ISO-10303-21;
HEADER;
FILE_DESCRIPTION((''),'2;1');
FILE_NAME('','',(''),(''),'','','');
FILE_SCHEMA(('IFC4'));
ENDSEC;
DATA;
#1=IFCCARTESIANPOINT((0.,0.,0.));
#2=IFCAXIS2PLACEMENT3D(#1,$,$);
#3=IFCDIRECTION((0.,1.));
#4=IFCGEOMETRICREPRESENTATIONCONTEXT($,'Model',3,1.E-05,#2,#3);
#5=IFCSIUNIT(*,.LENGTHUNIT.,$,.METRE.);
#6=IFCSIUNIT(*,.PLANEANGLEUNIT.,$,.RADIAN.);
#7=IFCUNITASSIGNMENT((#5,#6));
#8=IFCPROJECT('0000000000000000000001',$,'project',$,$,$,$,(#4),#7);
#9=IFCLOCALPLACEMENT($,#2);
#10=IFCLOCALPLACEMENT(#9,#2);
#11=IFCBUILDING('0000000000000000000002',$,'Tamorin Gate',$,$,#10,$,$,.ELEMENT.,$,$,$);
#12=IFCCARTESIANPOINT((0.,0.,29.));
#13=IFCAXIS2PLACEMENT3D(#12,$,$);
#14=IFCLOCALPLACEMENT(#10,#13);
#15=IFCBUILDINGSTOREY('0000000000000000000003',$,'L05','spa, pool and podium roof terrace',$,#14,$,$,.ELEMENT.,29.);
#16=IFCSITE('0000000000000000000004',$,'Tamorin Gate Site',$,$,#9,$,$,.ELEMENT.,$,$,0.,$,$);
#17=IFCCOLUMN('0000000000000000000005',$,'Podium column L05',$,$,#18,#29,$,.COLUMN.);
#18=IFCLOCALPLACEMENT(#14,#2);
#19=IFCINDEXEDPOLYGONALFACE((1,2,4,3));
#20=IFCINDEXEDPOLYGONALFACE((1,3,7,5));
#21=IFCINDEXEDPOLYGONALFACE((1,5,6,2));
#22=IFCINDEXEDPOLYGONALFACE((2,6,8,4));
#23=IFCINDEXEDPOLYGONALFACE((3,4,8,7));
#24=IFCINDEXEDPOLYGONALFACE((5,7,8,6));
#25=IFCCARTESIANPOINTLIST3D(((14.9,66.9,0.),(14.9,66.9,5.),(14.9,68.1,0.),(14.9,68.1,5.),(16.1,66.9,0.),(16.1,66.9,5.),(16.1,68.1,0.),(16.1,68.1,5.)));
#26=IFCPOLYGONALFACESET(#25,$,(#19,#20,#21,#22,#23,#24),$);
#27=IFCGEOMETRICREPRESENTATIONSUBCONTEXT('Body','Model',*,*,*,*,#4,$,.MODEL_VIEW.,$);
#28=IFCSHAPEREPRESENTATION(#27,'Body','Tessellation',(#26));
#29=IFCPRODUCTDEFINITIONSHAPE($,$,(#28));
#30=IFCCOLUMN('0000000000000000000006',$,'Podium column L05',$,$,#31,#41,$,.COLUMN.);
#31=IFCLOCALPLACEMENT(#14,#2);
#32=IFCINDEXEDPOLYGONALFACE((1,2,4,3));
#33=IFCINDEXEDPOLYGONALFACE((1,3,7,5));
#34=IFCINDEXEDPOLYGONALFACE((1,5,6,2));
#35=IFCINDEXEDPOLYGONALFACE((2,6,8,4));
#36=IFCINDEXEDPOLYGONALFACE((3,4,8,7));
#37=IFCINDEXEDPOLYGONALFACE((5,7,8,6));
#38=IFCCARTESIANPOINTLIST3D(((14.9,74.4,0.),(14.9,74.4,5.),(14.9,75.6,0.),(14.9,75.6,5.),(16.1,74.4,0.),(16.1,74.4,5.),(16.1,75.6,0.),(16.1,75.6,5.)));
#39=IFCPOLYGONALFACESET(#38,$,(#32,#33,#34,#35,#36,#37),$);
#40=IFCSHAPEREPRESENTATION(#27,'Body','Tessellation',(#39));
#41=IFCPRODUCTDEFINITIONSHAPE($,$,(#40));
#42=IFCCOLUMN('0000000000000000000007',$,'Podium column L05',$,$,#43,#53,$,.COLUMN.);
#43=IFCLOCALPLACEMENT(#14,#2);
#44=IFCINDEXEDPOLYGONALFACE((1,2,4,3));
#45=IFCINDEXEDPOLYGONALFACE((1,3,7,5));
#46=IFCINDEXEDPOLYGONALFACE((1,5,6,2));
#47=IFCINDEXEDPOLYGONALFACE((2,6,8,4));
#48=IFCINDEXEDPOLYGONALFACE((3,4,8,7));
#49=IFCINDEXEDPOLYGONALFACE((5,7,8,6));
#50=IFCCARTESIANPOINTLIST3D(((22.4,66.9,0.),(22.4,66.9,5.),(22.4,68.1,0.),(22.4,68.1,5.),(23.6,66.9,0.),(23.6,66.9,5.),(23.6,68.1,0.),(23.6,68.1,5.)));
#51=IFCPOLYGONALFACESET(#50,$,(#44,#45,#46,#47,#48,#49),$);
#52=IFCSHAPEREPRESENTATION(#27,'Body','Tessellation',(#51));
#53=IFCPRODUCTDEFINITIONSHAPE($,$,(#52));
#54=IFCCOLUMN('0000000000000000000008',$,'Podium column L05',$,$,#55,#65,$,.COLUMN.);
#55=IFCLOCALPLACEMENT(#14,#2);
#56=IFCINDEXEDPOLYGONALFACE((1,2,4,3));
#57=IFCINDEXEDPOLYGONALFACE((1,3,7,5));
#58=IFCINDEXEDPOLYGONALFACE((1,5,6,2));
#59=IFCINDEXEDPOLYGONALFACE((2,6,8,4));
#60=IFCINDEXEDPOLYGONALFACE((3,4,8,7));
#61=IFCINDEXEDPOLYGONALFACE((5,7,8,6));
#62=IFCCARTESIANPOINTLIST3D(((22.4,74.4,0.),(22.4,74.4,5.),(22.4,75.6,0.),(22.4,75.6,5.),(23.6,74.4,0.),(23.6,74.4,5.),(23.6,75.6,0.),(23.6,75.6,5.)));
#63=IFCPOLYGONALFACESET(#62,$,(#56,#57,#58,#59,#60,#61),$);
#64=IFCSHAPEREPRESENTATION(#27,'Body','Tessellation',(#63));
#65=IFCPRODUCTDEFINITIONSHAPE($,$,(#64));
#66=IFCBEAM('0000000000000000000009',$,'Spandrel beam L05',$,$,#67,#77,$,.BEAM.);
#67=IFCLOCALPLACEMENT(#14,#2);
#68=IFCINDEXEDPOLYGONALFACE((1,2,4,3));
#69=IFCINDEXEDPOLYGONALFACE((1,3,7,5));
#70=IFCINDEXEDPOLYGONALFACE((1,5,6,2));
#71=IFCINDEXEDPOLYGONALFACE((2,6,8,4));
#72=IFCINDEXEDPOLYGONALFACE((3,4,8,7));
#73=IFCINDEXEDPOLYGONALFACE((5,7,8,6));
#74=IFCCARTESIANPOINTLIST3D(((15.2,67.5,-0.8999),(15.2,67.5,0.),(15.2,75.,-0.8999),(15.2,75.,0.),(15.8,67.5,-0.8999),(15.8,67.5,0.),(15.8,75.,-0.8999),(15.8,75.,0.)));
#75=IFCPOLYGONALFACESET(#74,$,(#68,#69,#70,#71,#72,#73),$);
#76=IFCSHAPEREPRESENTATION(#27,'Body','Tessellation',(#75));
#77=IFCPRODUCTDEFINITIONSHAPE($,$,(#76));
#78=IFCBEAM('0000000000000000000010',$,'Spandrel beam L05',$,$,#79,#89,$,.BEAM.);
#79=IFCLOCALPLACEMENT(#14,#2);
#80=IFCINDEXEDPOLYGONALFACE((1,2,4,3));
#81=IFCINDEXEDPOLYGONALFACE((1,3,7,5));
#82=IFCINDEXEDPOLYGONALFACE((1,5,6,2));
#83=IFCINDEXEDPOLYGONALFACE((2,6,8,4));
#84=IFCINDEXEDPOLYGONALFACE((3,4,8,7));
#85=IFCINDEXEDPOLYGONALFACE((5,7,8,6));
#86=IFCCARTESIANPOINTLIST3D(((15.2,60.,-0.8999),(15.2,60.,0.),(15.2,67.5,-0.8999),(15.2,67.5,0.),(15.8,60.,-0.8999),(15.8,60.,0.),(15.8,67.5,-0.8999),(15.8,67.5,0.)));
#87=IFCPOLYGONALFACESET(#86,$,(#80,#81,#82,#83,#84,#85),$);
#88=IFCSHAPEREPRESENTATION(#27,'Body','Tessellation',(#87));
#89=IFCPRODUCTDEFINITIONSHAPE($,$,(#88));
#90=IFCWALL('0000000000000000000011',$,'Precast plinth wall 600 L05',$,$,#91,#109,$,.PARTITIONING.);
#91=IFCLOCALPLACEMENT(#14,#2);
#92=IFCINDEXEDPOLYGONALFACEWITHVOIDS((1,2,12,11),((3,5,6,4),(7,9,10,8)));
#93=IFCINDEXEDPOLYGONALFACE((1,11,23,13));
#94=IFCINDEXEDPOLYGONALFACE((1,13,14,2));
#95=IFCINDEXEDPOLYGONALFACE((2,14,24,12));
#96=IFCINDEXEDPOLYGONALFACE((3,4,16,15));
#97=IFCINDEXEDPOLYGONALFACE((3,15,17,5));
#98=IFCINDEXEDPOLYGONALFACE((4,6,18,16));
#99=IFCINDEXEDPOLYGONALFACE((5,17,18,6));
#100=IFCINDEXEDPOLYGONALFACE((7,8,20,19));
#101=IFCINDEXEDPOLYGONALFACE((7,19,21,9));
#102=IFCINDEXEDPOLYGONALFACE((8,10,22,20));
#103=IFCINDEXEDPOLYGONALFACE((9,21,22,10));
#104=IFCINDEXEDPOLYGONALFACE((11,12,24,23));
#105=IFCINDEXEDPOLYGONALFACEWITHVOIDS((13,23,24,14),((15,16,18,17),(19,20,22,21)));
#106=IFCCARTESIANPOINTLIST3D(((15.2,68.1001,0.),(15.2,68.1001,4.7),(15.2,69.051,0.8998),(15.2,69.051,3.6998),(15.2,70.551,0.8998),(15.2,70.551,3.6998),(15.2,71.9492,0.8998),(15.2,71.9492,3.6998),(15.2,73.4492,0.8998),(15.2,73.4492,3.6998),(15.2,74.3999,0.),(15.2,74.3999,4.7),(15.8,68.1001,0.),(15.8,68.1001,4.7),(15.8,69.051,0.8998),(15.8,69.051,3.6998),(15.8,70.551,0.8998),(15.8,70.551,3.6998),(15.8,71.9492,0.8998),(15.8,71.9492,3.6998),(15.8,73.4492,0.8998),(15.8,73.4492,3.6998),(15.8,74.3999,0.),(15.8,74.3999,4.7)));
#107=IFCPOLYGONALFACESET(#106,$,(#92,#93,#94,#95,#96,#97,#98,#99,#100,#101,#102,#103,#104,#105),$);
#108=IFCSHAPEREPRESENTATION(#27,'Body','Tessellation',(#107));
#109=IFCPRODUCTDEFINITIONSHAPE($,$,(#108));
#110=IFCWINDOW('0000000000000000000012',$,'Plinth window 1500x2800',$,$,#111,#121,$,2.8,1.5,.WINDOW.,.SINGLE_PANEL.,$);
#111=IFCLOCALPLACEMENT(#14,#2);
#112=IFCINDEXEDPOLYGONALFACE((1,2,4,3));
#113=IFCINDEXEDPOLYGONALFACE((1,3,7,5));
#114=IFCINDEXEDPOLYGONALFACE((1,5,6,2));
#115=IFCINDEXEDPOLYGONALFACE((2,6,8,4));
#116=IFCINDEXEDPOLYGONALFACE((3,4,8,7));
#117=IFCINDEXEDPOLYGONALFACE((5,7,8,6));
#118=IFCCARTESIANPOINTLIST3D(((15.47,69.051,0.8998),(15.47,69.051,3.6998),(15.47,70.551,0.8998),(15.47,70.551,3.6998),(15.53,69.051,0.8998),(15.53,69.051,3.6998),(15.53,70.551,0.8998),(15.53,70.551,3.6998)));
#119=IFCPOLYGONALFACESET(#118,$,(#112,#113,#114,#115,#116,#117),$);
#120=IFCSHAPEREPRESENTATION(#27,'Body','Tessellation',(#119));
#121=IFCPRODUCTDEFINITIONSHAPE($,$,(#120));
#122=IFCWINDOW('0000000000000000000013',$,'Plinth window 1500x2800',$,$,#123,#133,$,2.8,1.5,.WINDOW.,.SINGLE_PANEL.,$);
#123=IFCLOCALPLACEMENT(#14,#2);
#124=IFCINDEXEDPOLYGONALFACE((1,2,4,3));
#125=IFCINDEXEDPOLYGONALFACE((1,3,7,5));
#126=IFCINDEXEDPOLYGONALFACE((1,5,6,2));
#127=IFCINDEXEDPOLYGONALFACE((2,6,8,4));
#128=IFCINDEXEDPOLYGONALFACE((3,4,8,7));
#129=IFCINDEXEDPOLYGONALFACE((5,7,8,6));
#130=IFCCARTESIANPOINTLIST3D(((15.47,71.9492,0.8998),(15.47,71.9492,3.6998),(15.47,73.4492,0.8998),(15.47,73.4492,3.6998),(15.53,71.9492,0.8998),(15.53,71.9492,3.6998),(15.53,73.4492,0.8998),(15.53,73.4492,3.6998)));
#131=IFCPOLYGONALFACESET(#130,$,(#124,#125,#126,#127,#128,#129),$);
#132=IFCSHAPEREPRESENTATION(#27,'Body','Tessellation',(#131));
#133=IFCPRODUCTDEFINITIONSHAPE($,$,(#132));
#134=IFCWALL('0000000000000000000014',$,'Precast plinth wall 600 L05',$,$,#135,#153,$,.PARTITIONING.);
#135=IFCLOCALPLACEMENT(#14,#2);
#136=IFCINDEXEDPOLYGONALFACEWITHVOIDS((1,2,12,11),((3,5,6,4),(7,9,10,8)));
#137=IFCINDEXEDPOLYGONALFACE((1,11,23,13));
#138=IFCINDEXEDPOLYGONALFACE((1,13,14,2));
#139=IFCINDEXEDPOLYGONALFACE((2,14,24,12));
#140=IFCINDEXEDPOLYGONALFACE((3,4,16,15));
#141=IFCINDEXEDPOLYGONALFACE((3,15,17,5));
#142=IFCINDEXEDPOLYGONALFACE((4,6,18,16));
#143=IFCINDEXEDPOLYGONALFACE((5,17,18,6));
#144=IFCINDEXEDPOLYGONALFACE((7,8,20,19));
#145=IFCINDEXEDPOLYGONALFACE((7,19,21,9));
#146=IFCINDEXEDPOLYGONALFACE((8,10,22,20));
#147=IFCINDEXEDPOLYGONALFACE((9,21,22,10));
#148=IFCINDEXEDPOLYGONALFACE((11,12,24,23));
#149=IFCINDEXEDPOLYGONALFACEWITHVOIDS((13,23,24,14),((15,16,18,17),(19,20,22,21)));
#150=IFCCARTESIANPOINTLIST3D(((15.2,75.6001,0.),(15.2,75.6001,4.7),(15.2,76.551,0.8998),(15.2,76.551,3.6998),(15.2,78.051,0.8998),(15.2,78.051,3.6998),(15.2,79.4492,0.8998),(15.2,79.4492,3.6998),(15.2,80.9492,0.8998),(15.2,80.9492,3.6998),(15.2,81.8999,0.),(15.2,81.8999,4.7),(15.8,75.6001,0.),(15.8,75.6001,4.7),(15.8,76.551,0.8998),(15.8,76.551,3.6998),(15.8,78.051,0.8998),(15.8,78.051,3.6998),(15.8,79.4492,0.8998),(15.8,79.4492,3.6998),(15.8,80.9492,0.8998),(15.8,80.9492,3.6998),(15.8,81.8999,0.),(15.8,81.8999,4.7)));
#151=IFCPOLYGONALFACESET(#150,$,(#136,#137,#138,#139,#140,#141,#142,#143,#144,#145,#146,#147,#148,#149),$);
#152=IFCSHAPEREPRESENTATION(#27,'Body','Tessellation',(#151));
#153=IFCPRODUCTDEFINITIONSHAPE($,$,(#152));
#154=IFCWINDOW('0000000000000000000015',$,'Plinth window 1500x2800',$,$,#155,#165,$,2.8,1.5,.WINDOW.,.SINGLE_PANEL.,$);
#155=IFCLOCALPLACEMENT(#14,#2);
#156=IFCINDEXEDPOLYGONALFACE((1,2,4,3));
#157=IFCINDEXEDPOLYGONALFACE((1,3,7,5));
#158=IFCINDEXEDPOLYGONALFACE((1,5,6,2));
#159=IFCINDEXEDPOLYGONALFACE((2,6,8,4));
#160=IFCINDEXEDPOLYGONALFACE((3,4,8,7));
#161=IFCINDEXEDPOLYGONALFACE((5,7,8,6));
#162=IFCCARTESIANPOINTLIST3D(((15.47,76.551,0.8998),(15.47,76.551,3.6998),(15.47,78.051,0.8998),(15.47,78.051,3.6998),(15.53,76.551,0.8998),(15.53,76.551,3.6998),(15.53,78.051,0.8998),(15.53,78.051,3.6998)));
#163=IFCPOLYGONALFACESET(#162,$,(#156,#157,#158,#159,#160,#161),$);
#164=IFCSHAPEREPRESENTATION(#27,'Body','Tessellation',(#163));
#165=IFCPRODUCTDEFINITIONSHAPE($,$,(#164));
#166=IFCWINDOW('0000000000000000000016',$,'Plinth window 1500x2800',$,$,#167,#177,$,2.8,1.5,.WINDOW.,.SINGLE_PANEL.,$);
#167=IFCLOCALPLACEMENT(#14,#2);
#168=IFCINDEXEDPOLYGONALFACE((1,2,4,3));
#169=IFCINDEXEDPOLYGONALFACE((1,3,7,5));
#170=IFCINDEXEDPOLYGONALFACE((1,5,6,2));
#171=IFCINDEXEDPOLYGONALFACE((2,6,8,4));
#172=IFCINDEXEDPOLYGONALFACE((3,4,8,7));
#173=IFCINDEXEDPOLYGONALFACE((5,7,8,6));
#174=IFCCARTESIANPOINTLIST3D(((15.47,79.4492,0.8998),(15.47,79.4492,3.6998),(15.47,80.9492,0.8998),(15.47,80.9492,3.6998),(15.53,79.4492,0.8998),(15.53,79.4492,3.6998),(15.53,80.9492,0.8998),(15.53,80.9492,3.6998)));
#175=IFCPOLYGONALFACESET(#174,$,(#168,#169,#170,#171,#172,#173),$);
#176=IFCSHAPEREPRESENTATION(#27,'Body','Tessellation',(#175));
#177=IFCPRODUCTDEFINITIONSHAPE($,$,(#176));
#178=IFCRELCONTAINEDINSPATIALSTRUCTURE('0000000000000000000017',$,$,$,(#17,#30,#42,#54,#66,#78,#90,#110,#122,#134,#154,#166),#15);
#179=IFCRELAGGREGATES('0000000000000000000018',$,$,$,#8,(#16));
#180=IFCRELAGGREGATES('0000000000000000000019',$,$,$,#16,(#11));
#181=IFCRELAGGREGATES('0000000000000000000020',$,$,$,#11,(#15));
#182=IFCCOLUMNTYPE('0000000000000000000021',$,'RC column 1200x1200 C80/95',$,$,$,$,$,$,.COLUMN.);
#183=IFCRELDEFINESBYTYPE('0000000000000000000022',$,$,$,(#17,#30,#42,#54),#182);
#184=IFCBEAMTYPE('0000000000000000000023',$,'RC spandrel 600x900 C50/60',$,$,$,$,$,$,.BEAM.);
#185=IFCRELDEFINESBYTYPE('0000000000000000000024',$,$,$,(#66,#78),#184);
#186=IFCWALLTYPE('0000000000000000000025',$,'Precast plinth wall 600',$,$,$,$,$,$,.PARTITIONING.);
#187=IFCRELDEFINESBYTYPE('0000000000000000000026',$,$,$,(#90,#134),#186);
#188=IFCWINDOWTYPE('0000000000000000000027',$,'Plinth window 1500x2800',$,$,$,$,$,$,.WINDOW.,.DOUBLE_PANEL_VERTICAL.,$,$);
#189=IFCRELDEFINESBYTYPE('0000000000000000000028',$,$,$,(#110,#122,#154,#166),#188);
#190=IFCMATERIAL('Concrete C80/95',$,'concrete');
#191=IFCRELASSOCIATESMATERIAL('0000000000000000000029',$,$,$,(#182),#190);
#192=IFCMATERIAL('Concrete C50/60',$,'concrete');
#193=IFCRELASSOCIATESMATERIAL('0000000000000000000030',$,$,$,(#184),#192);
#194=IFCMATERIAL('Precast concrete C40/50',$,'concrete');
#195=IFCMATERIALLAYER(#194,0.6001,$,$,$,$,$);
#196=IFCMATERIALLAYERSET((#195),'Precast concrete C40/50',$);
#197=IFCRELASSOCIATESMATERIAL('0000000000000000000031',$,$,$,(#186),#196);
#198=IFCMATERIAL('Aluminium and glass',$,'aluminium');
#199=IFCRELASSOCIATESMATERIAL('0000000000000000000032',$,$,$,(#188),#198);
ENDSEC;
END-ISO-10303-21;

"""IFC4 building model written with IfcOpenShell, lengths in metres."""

from ifc_helpers import new_model, si_unit, direction, frame, frame_2d, origin, origin_2d, place, context, subcontext, project, spatial, rectangle, extrude, material, layer, layer_set, material_profile, profile_set, type_object, element, fill, save


model = new_model("IFC4")

# Units and contexts
model_context = context("Model", 3, precision=1e-05, world=origin(), true_north=direction((0.0, 1.0)))
body_context = subcontext(model_context, "Body", "Model", "MODEL_VIEW")
ifc_project = project(units=[si_unit("LENGTHUNIT", "METRE"), si_unit("PLANEANGLEUNIT", "RADIAN")], contexts=[model_context])

# Site, building, storey
site_placement = place(None, origin())
site = spatial("IfcSite", under=ifc_project, at=site_placement, Name="Tamorin Gate Site", CompositionType="ELEMENT", RefElevation=0.0)
building_placement = place(site_placement, origin())
building = spatial("IfcBuilding", under=site, at=building_placement, Name="Tamorin Gate", CompositionType="ELEMENT")
storey_placement = place(building_placement, frame((0.0, 0.0, 29.0)))
storey = spatial("IfcBuildingStorey", under=building, at=storey_placement, Name="L05", Description="spa, pool and podium roof terrace", CompositionType="ELEMENT", Elevation=29.0)

# Columns
ifc_material_1 = material(Name="Concrete C80/95", Category="concrete")
ifc_material_profile_1 = material_profile(ifc_material_1, rectangle(XDim=1.2, YDim=1.2, at=origin_2d()), Name="RC 1200x1200")
ifc_profile_set_1 = profile_set([ifc_material_profile_1], Name="Concrete C80/95")
column_type = type_object("IfcColumnType", Name="RC column 1200x1200 C80/95", PredefinedType="COLUMN", material=ifc_profile_set_1)
for number, where, z_axis, x_axis, name in (
    (1, (15.5, 67.5, 0.0), (0.0, 0.0, 1.0), (1.0, 0.0, 0.0), "Podium column L05"),
    (2, (15.5, 75.0, 0.0), (0.0, 0.0, 1.0), (1.0, 0.0, 0.0), "Podium column L05"),
    (3, (23.0, 67.5, 0.0), (0.0, 0.0, 1.0), (1.0, 0.0, 0.0), "Podium column L05"),
    (4, (23.0, 75.0, 0.0), (0.0, 0.0, 1.0), (1.0, 0.0, 0.0), "Podium column L05"),
):
    element("IfcColumn", number, at=place(storey_placement, frame(where, z_axis=z_axis, x_axis=x_axis)), inside=storey, type_object=column_type, Name=name, PredefinedType="COLUMN", context=body_context, shape_type="SweptSolid", body=[
        extrude(rectangle(XDim=1.2, YDim=1.2, at=origin_2d()), origin(), (0.0, 0.0, 1.0), 5.0),
    ])

# Beams
ifc_material_2 = material(Name="Concrete C50/60", Category="concrete")
ifc_material_profile_2 = material_profile(ifc_material_2, rectangle(XDim=0.6001, YDim=0.8999, at=origin_2d()), Name="RC 600x900")
ifc_profile_set_2 = profile_set([ifc_material_profile_2], Name="Concrete C50/60")
beam_type = type_object("IfcBeamType", Name="RC spandrel 600x900 C50/60", PredefinedType="BEAM", material=ifc_profile_set_2)
for number, where, z_axis, x_axis, name in (
    (5, (15.5, 75.0, -0.45), (0.0, -1.0, 0.0), (1.0, 0.0, 0.0), "Spandrel beam L05"),
    (6, (15.5, 67.5, -0.45), (0.0, -1.0, 0.0), (1.0, 0.0, 0.0), "Spandrel beam L05"),
):
    element("IfcBeam", number, at=place(storey_placement, frame(where, z_axis=z_axis, x_axis=x_axis)), inside=storey, type_object=beam_type, Name=name, PredefinedType="BEAM", context=body_context, shape_type="SweptSolid", body=[
        extrude(rectangle(XDim=0.6001, YDim=0.8999, at=origin_2d()), origin(), (0.0, 0.0, 1.0), 7.5),
    ])

# Walls, openings, windows
ifc_material_3 = material(Name="Precast concrete C40/50", Category="concrete")
ifc_layer_1 = layer(ifc_material_3, 0.6001)
ifc_layer_set_1 = layer_set([ifc_layer_1], Name="Precast concrete C40/50")
wall_type_1 = type_object("IfcWallType", Name="Precast plinth wall 600", PredefinedType="PARTITIONING", material=ifc_layer_set_1)
wall_1_placement = place(storey_placement, frame((15.5, 68.1001, 0.0), z_axis=(0.0, 0.0, 1.0), x_axis=(0.0, 1.0, 0.0)))
wall_1 = element("IfcWall", 7, at=wall_1_placement, inside=storey, type_object=wall_type_1, Name="Precast plinth wall 600 L05", PredefinedType="PARTITIONING", context=body_context, shape_type="SweptSolid", body=[
    extrude(rectangle(XDim=6.2998, YDim=0.6001, at=frame_2d((3.1499, 0.0))), origin(), (0.0, 0.0, 1.0), 4.7),
])
opening_1_placement = place(wall_1_placement, frame((0.9509, 0.0, 0.8999)))
opening_1 = element("IfcOpeningElement", 8, at=opening_1_placement, cuts=wall_1, PredefinedType="OPENING", context=body_context, shape_type="SweptSolid", body=[
    extrude(rectangle(XDim=1.5, YDim=2.8, at=frame_2d((0.75, 1.3999))), frame((0.0, 0.3101, 0.0), z_axis=(0.0, -1.0, 0.0), x_axis=(1.0, 0.0, 0.0)), (0.0, 0.0, 1.0), 0.6201),
])
opening_2_placement = place(wall_1_placement, frame((3.8491, 0.0, 0.8999)))
opening_2 = element("IfcOpeningElement", 9, at=opening_2_placement, cuts=wall_1, PredefinedType="OPENING", context=body_context, shape_type="SweptSolid", body=[
    extrude(rectangle(XDim=1.5, YDim=2.8, at=frame_2d((0.75, 1.3999))), frame((0.0, 0.3101, 0.0), z_axis=(0.0, -1.0, 0.0), x_axis=(1.0, 0.0, 0.0)), (0.0, 0.0, 1.0), 0.6201),
])
ifc_material_4 = material(Name="Aluminium and glass", Category="aluminium")
window_type = type_object("IfcWindowType", Name="Plinth window 1500x2800", PartitioningType="DOUBLE_PANEL_VERTICAL", PredefinedType="WINDOW", material=ifc_material_4)
window_1_placement = place(opening_1_placement, origin())
window_1 = element("IfcWindow", 10, at=window_1_placement, inside=storey, type_object=window_type, Name="Plinth window 1500x2800", OverallHeight=2.8, OverallWidth=1.5, PartitioningType="SINGLE_PANEL", PredefinedType="WINDOW", context=body_context, shape_type="SweptSolid", body=[
    extrude(rectangle(XDim=1.5, YDim=2.8, at=frame_2d((0.75, 1.3999))), frame((0.0, 0.03, 0.0), z_axis=(0.0, -1.0, 0.0), x_axis=(1.0, 0.0, 0.0)), (0.0, 0.0, 1.0), 0.0601),
])
fill(opening_1, window_1)
window_2_placement = place(opening_2_placement, origin())
window_2 = element("IfcWindow", 11, at=window_2_placement, inside=storey, type_object=window_type, Name="Plinth window 1500x2800", OverallHeight=2.8, OverallWidth=1.5, PartitioningType="SINGLE_PANEL", PredefinedType="WINDOW", context=body_context, shape_type="SweptSolid", body=[
    extrude(rectangle(XDim=1.5, YDim=2.8, at=frame_2d((0.75, 1.3999))), frame((0.0, 0.03, 0.0), z_axis=(0.0, -1.0, 0.0), x_axis=(1.0, 0.0, 0.0)), (0.0, 0.0, 1.0), 0.0601),
])
fill(opening_2, window_2)
wall_2_placement = place(storey_placement, frame((15.5, 75.6001, 0.0), z_axis=(0.0, 0.0, 1.0), x_axis=(0.0, 1.0, 0.0)))
wall_2 = element("IfcWall", 12, at=wall_2_placement, inside=storey, type_object=wall_type_1, Name="Precast plinth wall 600 L05", PredefinedType="PARTITIONING", context=body_context, shape_type="SweptSolid", body=[
    extrude(rectangle(XDim=6.2998, YDim=0.6001, at=frame_2d((3.1499, 0.0))), origin(), (0.0, 0.0, 1.0), 4.7),
])
opening_3_placement = place(wall_2_placement, frame((0.9509, 0.0, 0.8999)))
opening_3 = element("IfcOpeningElement", 13, at=opening_3_placement, cuts=wall_2, PredefinedType="OPENING", context=body_context, shape_type="SweptSolid", body=[
    extrude(rectangle(XDim=1.5, YDim=2.8, at=frame_2d((0.75, 1.3999))), frame((0.0, 0.3101, 0.0), z_axis=(0.0, -1.0, 0.0), x_axis=(1.0, 0.0, 0.0)), (0.0, 0.0, 1.0), 0.6201),
])
opening_4_placement = place(wall_2_placement, frame((3.8491, 0.0, 0.8999)))
opening_4 = element("IfcOpeningElement", 14, at=opening_4_placement, cuts=wall_2, PredefinedType="OPENING", context=body_context, shape_type="SweptSolid", body=[
    extrude(rectangle(XDim=1.5, YDim=2.8, at=frame_2d((0.75, 1.3999))), frame((0.0, 0.3101, 0.0), z_axis=(0.0, -1.0, 0.0), x_axis=(1.0, 0.0, 0.0)), (0.0, 0.0, 1.0), 0.6201),
])
window_3_placement = place(opening_3_placement, origin())
window_3 = element("IfcWindow", 15, at=window_3_placement, inside=storey, type_object=window_type, Name="Plinth window 1500x2800", OverallHeight=2.8, OverallWidth=1.5, PartitioningType="SINGLE_PANEL", PredefinedType="WINDOW", context=body_context, shape_type="SweptSolid", body=[
    extrude(rectangle(XDim=1.5, YDim=2.8, at=frame_2d((0.75, 1.3999))), frame((0.0, 0.03, 0.0), z_axis=(0.0, -1.0, 0.0), x_axis=(1.0, 0.0, 0.0)), (0.0, 0.0, 1.0), 0.0601),
])
fill(opening_3, window_3)
window_4_placement = place(opening_4_placement, origin())
window_4 = element("IfcWindow", 16, at=window_4_placement, inside=storey, type_object=window_type, Name="Plinth window 1500x2800", OverallHeight=2.8, OverallWidth=1.5, PartitioningType="SINGLE_PANEL", PredefinedType="WINDOW", context=body_context, shape_type="SweptSolid", body=[
    extrude(rectangle(XDim=1.5, YDim=2.8, at=frame_2d((0.75, 1.3999))), frame((0.0, 0.03, 0.0), z_axis=(0.0, -1.0, 0.0), x_axis=(1.0, 0.0, 0.0)), (0.0, 0.0, 1.0), 0.0601),
])
fill(opening_4, window_4)

save(model, "model.ifc")
